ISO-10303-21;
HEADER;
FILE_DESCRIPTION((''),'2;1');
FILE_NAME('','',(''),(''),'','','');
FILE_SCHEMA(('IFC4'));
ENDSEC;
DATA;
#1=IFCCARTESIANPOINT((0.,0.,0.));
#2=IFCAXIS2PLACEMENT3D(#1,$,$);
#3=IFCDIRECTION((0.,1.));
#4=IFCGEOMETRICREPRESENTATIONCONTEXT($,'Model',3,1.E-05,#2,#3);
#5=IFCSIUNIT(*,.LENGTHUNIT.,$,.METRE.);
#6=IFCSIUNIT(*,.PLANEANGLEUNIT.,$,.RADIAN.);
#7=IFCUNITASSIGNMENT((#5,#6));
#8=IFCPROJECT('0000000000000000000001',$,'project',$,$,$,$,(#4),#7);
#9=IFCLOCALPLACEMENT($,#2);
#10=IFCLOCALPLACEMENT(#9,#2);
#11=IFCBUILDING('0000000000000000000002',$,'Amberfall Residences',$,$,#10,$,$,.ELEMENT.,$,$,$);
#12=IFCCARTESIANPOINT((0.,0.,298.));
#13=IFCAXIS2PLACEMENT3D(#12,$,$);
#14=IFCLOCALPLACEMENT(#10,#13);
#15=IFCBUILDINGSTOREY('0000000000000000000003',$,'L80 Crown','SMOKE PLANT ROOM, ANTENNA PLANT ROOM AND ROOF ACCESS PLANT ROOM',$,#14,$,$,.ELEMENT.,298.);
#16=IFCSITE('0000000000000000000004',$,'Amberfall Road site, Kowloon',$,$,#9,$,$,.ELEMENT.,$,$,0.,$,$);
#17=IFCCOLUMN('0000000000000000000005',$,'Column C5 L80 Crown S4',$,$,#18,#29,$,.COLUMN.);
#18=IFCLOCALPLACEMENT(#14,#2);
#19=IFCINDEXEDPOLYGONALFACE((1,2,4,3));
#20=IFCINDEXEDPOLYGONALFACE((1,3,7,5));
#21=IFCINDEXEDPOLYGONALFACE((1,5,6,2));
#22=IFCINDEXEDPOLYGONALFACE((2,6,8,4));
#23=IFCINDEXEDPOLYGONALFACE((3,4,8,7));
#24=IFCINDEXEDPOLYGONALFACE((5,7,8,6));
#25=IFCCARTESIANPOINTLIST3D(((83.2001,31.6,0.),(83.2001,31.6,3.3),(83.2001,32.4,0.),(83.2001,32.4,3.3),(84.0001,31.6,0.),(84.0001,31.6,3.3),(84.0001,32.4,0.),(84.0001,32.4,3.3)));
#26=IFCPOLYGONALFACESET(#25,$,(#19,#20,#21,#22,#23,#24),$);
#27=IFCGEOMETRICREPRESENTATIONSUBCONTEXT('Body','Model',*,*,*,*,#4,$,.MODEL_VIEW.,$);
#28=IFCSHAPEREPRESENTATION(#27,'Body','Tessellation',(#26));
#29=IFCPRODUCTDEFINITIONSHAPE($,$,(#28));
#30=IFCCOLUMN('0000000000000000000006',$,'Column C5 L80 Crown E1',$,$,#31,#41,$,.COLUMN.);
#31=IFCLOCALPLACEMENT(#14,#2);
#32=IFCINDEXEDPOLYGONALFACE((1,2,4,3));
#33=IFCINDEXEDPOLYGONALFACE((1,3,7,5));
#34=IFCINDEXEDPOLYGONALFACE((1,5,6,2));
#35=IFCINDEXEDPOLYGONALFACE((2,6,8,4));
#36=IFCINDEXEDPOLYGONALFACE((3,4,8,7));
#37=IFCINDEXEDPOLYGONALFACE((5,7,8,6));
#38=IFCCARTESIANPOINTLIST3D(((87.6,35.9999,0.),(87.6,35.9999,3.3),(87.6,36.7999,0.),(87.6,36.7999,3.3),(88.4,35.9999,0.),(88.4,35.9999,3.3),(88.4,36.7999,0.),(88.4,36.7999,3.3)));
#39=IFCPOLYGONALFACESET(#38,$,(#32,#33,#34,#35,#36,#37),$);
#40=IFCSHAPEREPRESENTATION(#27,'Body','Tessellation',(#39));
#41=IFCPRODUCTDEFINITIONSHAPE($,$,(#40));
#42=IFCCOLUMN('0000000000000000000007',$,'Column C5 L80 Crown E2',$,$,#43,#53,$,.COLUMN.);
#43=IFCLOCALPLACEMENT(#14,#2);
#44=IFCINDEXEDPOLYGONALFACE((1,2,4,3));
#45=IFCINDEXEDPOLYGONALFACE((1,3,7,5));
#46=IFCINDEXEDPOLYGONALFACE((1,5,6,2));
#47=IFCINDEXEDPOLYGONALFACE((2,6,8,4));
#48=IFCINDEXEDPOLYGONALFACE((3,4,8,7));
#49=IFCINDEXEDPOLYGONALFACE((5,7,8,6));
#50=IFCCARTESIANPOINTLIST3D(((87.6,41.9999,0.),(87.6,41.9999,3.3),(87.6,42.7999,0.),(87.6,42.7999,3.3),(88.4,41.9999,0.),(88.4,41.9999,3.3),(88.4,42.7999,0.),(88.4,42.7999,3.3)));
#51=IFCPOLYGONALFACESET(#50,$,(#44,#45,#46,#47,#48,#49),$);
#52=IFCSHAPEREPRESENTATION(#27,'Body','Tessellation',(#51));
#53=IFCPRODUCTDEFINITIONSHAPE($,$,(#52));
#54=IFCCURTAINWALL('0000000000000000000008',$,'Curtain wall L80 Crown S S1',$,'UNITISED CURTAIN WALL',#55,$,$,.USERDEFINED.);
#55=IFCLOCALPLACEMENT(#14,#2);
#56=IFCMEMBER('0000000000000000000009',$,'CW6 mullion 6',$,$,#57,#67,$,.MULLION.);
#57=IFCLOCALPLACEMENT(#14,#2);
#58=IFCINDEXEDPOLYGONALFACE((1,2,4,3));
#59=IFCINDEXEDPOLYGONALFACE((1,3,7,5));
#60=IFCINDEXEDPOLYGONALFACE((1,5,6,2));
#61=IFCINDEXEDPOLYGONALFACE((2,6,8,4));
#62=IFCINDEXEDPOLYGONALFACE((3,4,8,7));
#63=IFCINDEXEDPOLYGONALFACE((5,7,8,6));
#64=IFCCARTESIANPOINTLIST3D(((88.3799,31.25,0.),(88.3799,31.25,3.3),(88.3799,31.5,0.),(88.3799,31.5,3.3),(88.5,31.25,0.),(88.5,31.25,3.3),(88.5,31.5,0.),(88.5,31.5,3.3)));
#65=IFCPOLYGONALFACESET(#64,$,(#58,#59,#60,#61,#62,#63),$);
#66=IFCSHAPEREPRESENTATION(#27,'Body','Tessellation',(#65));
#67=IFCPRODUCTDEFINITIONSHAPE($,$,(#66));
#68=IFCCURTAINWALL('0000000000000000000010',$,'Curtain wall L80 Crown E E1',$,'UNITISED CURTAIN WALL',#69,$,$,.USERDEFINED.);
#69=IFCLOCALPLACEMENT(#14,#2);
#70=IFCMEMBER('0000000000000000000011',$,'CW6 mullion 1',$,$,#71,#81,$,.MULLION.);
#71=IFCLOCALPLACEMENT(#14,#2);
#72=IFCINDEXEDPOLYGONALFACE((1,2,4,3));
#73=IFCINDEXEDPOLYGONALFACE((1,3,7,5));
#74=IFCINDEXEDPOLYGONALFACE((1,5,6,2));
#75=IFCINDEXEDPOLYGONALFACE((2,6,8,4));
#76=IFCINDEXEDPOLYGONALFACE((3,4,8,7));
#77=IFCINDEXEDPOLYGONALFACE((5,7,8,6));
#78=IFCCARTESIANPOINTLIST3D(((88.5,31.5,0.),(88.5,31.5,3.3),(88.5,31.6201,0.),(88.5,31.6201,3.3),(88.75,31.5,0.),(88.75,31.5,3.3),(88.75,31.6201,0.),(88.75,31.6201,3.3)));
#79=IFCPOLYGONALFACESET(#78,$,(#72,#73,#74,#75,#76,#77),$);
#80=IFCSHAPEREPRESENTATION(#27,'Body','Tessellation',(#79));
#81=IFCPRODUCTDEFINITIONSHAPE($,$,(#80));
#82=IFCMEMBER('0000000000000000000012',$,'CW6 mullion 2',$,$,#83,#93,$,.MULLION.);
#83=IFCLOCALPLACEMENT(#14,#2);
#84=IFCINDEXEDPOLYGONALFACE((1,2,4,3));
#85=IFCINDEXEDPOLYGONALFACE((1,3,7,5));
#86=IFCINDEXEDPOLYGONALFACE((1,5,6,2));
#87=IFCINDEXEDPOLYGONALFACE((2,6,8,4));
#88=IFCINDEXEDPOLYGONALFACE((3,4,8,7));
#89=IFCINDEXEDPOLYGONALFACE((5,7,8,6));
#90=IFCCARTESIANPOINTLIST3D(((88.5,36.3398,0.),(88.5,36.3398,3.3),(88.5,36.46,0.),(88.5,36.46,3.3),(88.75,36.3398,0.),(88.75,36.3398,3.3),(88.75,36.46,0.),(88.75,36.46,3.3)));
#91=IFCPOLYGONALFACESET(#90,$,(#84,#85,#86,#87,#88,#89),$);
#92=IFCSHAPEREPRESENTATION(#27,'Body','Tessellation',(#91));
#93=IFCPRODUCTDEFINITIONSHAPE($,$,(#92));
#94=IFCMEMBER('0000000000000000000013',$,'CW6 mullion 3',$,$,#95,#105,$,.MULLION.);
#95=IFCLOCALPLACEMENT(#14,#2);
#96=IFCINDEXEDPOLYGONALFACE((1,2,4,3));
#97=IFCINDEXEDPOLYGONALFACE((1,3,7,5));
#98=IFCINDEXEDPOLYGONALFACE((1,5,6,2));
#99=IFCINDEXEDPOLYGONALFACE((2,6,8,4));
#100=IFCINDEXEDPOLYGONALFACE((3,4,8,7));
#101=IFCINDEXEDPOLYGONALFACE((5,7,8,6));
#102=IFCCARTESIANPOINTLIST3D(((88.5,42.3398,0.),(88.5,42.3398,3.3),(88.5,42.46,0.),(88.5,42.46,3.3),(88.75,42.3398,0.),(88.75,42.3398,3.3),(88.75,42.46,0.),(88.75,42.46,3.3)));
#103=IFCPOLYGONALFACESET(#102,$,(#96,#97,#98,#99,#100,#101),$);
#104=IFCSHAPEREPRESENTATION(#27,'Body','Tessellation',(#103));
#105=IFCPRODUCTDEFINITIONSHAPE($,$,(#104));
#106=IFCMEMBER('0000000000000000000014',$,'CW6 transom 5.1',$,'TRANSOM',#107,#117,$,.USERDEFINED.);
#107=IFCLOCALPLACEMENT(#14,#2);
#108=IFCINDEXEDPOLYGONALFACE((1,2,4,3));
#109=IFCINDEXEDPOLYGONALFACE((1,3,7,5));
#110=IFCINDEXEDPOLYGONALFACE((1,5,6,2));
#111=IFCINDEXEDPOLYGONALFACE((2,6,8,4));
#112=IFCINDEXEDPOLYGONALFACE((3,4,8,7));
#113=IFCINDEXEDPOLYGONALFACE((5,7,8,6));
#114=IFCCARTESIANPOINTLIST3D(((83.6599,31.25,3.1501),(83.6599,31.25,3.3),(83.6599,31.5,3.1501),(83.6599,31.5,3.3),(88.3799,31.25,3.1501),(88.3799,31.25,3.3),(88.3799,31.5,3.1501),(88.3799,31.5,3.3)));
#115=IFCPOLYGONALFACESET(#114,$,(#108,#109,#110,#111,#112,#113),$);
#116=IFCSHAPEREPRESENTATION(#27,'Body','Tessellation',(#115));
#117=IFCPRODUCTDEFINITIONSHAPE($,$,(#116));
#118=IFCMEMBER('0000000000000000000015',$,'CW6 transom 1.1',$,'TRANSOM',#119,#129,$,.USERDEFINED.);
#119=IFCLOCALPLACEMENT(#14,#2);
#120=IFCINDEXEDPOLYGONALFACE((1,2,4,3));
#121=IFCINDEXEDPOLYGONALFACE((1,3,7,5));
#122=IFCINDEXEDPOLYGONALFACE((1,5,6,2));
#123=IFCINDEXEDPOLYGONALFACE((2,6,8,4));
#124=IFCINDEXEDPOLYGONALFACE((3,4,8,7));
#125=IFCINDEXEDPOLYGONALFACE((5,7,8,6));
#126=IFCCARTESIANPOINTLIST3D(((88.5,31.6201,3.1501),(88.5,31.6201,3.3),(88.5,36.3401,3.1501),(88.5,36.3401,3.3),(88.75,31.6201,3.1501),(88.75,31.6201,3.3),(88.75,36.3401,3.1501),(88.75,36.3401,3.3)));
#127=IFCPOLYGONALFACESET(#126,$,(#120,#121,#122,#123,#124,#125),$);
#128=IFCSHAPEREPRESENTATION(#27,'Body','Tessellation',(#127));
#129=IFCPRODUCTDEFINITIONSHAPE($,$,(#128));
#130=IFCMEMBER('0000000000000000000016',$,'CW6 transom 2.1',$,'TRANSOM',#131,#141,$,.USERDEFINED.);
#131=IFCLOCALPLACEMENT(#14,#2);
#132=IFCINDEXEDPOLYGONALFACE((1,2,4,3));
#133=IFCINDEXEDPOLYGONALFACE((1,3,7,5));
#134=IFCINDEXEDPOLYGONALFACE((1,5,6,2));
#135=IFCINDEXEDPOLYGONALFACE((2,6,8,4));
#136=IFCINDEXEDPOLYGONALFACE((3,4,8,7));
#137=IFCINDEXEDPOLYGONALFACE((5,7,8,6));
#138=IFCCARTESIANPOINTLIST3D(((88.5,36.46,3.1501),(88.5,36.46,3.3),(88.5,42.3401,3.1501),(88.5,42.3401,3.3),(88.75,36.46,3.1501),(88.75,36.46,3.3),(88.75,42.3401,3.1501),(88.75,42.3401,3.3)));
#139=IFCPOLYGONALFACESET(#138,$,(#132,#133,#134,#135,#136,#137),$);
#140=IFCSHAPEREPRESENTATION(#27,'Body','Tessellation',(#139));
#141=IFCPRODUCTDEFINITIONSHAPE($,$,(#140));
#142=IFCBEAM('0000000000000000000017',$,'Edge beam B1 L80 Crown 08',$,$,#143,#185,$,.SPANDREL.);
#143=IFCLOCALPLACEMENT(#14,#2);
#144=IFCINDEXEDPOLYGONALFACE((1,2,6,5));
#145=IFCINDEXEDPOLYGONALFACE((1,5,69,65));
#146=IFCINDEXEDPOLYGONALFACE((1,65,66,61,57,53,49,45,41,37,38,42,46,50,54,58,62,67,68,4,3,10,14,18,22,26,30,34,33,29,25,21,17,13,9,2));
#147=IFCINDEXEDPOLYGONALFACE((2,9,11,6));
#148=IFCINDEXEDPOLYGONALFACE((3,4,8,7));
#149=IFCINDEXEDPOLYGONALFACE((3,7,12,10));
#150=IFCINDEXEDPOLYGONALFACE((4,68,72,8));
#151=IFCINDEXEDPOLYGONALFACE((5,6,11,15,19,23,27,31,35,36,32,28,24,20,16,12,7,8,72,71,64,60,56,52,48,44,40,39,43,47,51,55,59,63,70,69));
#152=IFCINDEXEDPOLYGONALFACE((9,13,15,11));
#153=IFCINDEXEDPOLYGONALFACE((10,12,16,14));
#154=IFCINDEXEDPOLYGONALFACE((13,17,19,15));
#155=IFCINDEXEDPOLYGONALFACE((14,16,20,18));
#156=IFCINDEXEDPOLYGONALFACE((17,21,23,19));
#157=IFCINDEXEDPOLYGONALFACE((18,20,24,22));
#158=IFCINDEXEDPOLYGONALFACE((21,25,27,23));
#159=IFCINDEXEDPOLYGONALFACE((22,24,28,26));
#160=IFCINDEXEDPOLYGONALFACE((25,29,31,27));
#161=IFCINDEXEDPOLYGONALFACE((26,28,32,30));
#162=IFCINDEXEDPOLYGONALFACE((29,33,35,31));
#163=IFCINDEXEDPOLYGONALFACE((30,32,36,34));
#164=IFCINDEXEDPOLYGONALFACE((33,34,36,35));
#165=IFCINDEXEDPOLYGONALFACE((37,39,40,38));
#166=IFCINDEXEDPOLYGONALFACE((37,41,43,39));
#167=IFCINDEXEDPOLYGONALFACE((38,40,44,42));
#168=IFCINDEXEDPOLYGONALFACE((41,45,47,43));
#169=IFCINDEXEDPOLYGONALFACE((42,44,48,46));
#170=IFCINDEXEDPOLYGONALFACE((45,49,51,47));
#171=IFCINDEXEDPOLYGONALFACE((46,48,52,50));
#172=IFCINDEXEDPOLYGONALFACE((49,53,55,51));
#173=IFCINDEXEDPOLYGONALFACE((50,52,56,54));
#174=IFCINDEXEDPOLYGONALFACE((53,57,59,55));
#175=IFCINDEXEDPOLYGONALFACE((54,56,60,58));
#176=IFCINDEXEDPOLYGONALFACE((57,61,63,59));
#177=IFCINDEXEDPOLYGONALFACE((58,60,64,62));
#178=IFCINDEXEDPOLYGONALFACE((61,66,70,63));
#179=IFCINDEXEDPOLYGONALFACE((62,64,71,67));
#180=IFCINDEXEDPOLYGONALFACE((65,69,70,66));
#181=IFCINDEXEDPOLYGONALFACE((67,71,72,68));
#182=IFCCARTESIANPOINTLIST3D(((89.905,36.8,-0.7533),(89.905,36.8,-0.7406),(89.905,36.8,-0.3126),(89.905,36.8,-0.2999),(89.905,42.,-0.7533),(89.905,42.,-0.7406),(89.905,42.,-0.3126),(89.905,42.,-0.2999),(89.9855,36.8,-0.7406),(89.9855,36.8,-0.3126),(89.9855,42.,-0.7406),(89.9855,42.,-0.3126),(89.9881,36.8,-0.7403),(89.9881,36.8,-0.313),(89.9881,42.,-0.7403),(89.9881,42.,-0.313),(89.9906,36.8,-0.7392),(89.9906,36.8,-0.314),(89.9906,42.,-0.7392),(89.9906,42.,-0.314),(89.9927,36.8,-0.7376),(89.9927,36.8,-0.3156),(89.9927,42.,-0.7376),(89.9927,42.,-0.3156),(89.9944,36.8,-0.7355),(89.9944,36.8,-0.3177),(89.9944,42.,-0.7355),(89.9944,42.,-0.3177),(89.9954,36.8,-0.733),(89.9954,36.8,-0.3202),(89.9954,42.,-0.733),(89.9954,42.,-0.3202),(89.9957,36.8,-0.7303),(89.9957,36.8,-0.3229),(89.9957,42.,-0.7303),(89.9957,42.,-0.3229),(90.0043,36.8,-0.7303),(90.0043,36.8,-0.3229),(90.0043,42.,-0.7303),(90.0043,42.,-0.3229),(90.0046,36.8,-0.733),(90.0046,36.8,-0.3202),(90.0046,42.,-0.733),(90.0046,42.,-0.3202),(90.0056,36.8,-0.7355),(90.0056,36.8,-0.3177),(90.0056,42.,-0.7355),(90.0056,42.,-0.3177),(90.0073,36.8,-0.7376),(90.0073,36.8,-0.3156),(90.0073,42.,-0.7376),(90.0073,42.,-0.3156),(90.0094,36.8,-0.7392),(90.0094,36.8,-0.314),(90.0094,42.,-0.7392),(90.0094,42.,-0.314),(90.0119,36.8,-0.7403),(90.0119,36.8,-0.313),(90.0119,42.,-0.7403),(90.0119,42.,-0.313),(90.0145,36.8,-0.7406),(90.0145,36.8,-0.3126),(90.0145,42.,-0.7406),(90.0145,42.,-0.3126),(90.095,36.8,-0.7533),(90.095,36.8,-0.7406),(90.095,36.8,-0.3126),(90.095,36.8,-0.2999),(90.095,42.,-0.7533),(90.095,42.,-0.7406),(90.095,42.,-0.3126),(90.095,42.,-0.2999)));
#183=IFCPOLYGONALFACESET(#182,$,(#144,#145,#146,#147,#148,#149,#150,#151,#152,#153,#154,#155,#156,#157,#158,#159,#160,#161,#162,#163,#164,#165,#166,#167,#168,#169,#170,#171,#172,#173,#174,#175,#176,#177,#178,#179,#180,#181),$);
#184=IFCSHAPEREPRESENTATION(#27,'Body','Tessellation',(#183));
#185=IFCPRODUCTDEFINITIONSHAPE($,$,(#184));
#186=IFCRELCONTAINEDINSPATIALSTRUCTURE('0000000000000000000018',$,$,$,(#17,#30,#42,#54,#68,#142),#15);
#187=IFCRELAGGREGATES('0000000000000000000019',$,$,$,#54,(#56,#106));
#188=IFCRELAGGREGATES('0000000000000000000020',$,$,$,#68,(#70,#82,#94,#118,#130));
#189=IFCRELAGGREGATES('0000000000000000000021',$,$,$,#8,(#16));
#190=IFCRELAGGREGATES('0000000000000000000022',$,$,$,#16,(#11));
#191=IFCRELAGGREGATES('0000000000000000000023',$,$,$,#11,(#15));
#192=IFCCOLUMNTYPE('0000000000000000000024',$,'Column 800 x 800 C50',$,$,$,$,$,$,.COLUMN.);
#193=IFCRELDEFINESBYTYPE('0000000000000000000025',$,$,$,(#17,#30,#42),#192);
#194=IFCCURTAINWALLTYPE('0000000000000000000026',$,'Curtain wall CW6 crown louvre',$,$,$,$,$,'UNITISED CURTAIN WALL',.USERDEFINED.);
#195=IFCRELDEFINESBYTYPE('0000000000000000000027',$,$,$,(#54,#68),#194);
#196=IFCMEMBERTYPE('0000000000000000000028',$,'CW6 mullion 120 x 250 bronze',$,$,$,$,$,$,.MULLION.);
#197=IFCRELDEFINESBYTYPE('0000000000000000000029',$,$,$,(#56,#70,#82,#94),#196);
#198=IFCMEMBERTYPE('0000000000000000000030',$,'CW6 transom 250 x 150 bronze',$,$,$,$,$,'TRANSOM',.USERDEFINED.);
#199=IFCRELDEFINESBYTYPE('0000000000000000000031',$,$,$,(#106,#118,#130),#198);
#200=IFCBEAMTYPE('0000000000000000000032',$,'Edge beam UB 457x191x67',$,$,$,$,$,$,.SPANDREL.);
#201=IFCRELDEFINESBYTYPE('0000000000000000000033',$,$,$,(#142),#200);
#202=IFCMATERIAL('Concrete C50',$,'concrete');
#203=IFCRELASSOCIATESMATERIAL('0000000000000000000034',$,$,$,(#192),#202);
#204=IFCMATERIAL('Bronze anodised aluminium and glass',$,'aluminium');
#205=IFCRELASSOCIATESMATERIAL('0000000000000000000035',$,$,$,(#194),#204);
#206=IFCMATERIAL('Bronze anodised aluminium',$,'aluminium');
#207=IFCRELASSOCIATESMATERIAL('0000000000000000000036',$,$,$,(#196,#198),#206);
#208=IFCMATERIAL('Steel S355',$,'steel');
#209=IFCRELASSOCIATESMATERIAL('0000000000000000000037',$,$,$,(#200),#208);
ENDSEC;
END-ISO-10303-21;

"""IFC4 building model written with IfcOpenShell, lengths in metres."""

from ifc_helpers import new_model, si_unit, direction, frame, origin, origin_2d, place, context, subcontext, project, spatial, rectangle, i_section, extrude, material, material_profile, profile_set, type_object, element, aggregate, save


model = new_model("IFC4")

# Units and contexts
model_context = context("Model", 3, precision=1e-05, world=origin(), true_north=direction((0.0, 1.0)))
body_context = subcontext(model_context, "Body", "Model", "MODEL_VIEW")
ifc_project = project(units=[si_unit("LENGTHUNIT", "METRE"), si_unit("PLANEANGLEUNIT", "RADIAN")], contexts=[model_context])

# Site, building, storey
site_placement = place(None, origin())
site = spatial("IfcSite", under=ifc_project, at=site_placement, Name="Amberfall Road site, Kowloon", CompositionType="ELEMENT", RefElevation=0.0)
building_placement = place(site_placement, origin())
building = spatial("IfcBuilding", under=site, at=building_placement, Name="Amberfall Residences", CompositionType="ELEMENT")
storey_placement = place(building_placement, frame((0.0, 0.0, 298.0)))
storey = spatial("IfcBuildingStorey", under=building, at=storey_placement, Name="L80 Crown", Description="SMOKE PLANT ROOM, ANTENNA PLANT ROOM AND ROOF ACCESS PLANT ROOM", CompositionType="ELEMENT", Elevation=298.0)

# Columns
ifc_material_1 = material(Name="Concrete C50", Category="concrete")
ifc_material_profile_1 = material_profile(ifc_material_1, rectangle(XDim=0.8, YDim=0.8, at=origin_2d()), Name="Column 800 x 800 C50")
ifc_profile_set_1 = profile_set([ifc_material_profile_1], Name="Concrete C50")
column_type = type_object("IfcColumnType", Name="Column 800 x 800 C50", PredefinedType="COLUMN", material=ifc_profile_set_1)
for number, where, z_axis, x_axis, name in (
    (1, (83.6001, 32.0, 0.0), (0.0, 0.0, 1.0), (1.0, 0.0, 0.0), "Column C5 L80 Crown S4"),
    (2, (88.0, 36.3999, 0.0), (0.0, 0.0, 1.0), (1.0, 0.0, 0.0), "Column C5 L80 Crown E1"),
    (3, (88.0, 42.3999, 0.0), (0.0, 0.0, 1.0), (1.0, 0.0, 0.0), "Column C5 L80 Crown E2"),
):
    element("IfcColumn", number, at=place(storey_placement, frame(where, z_axis=z_axis, x_axis=x_axis)), inside=storey, type_object=column_type, Name=name, PredefinedType="COLUMN", context=body_context, shape_type="SweptSolid", body=[
        extrude(rectangle(XDim=0.8, YDim=0.8, at=origin_2d()), origin(), (0.0, 0.0, 1.0), 3.3),
    ])

# Curtain wall, member
ifc_material_2 = material(Name="Bronze anodised aluminium and glass", Category="aluminium")
curtain_wall_type = type_object("IfcCurtainWallType", Name="Curtain wall CW6 crown louvre", ElementType="UNITISED CURTAIN WALL", PredefinedType="USERDEFINED", material=ifc_material_2)
curtain_wall_1_placement = place(storey_placement, origin())
curtain_wall_1 = element("IfcCurtainWall", 4, at=curtain_wall_1_placement, inside=storey, type_object=curtain_wall_type, Name="Curtain wall L80 Crown S S1", ObjectType="UNITISED CURTAIN WALL", PredefinedType="USERDEFINED")
ifc_material_3 = material(Name="Bronze anodised aluminium", Category="aluminium")
ifc_material_profile_2 = material_profile(ifc_material_3, rectangle(XDim=0.25, YDim=0.1201, at=origin_2d()), Name="CW6 mullion 120 x 250 bronze")
ifc_profile_set_2 = profile_set([ifc_material_profile_2], Name="Bronze anodised aluminium")
member_type_1 = type_object("IfcMemberType", Name="CW6 mullion 120 x 250 bronze", PredefinedType="MULLION", material=ifc_profile_set_2)
member_1_placement = place(storey_placement, frame((88.4399, 31.375, 0.0), z_axis=(0.0, 0.0, 1.0), x_axis=(0.0, 1.0, 0.0)))
member_1 = element("IfcMember", 5, at=member_1_placement, type_object=member_type_1, Name="CW6 mullion 6", PredefinedType="MULLION", context=body_context, shape_type="SweptSolid", body=[
    extrude(rectangle(XDim=0.25, YDim=0.1201, at=origin_2d()), origin(), (0.0, 0.0, 1.0), 3.3),
])

# Curtain wall, members
curtain_wall_2_placement = place(storey_placement, origin())
curtain_wall_2 = element("IfcCurtainWall", 6, at=curtain_wall_2_placement, inside=storey, type_object=curtain_wall_type, Name="Curtain wall L80 Crown E E1", ObjectType="UNITISED CURTAIN WALL", PredefinedType="USERDEFINED")
member_2_placement = place(storey_placement, frame((88.625, 31.5601, 0.0), z_axis=(0.0, 0.0, 1.0), x_axis=(-1.0, 0.0, 0.0)))
member_2 = element("IfcMember", 7, at=member_2_placement, type_object=member_type_1, Name="CW6 mullion 1", PredefinedType="MULLION", context=body_context, shape_type="SweptSolid", body=[
    extrude(rectangle(XDim=0.25, YDim=0.1201, at=origin_2d()), origin(), (0.0, 0.0, 1.0), 3.3),
])
member_3_placement = place(storey_placement, frame((88.625, 36.3999, 0.0), z_axis=(0.0, 0.0, 1.0), x_axis=(-1.0, 0.0, 0.0)))
member_3 = element("IfcMember", 8, at=member_3_placement, type_object=member_type_1, Name="CW6 mullion 2", PredefinedType="MULLION", context=body_context, shape_type="SweptSolid", body=[
    extrude(rectangle(XDim=0.25, YDim=0.1201, at=origin_2d()), origin(), (0.0, 0.0, 1.0), 3.3),
])
member_4_placement = place(storey_placement, frame((88.625, 42.3999, 0.0), z_axis=(0.0, 0.0, 1.0), x_axis=(-1.0, 0.0, 0.0)))
member_4 = element("IfcMember", 9, at=member_4_placement, type_object=member_type_1, Name="CW6 mullion 3", PredefinedType="MULLION", context=body_context, shape_type="SweptSolid", body=[
    extrude(rectangle(XDim=0.25, YDim=0.1201, at=origin_2d()), origin(), (0.0, 0.0, 1.0), 3.3),
])

# Members
ifc_material_profile_3 = material_profile(ifc_material_3, rectangle(XDim=0.25, YDim=0.1499, at=origin_2d()), Name="CW6 transom 250 x 150 bronze")
ifc_profile_set_3 = profile_set([ifc_material_profile_3], Name="Bronze anodised aluminium")
member_type_2 = type_object("IfcMemberType", Name="CW6 transom 250 x 150 bronze", ElementType="TRANSOM", PredefinedType="USERDEFINED", material=ifc_profile_set_3)
member_5_placement = place(storey_placement, frame((83.6599, 31.375, 3.2251), z_axis=(1.0, 0.0, 0.0), x_axis=(0.0, 1.0, 0.0)))
member_5 = element("IfcMember", 10, at=member_5_placement, type_object=member_type_2, Name="CW6 transom 5.1", ObjectType="TRANSOM", PredefinedType="USERDEFINED", context=body_context, shape_type="SweptSolid", body=[
    extrude(rectangle(XDim=0.25, YDim=0.1499, at=origin_2d()), origin(), (0.0, 0.0, 1.0), 4.72),
])
member_6_placement = place(storey_placement, frame((88.625, 31.6201, 3.2251), z_axis=(0.0, 1.0, 0.0), x_axis=(-1.0, 0.0, 0.0)))
member_6 = element("IfcMember", 11, at=member_6_placement, type_object=member_type_2, Name="CW6 transom 1.1", ObjectType="TRANSOM", PredefinedType="USERDEFINED", context=body_context, shape_type="SweptSolid", body=[
    extrude(rectangle(XDim=0.25, YDim=0.1499, at=origin_2d()), origin(), (0.0, 0.0, 1.0), 4.72),
])
member_7_placement = place(storey_placement, frame((88.625, 36.46, 3.2251), z_axis=(0.0, 1.0, 0.0), x_axis=(-1.0, 0.0, 0.0)))
member_7 = element("IfcMember", 12, at=member_7_placement, type_object=member_type_2, Name="CW6 transom 2.1", ObjectType="TRANSOM", PredefinedType="USERDEFINED", context=body_context, shape_type="SweptSolid", body=[
    extrude(rectangle(XDim=0.25, YDim=0.1499, at=origin_2d()), origin(), (0.0, 0.0, 1.0), 5.8801),
])

# Beam
ifc_material_4 = material(Name="Steel S355", Category="steel")
ifc_material_profile_4 = material_profile(ifc_material_4, i_section(OverallWidth=0.1899, OverallDepth=0.4534, WebThickness=0.0085, FlangeThickness=0.0127, FilletRadius=0.0103, at=origin_2d()), Name="UB 457x191x67")
ifc_profile_set_4 = profile_set([ifc_material_profile_4], Name="Steel S355")
beam_type_1 = type_object("IfcBeamType", Name="Edge beam UB 457x191x67", PredefinedType="SPANDREL", material=ifc_profile_set_4)
beam_placement = place(storey_placement, frame((90.0, 36.8, -0.5266), z_axis=(0.0, 1.0, 0.0), x_axis=(-1.0, 0.0, 0.0)))
element("IfcBeam", 13, at=beam_placement, inside=storey, type_object=beam_type_1, Name="Edge beam B1 L80 Crown 08", PredefinedType="SPANDREL", context=body_context, shape_type="SweptSolid", body=[
    extrude(i_section(OverallWidth=0.1899, OverallDepth=0.4534, WebThickness=0.0085, FlangeThickness=0.0127, FilletRadius=0.0103, at=origin_2d()), origin(), (0.0, 0.0, 1.0), 5.2),
])

aggregate(curtain_wall_1, [member_1, member_5])
aggregate(curtain_wall_2, [member_2, member_3, member_4, member_6, member_7])

save(model, "model.ifc")
